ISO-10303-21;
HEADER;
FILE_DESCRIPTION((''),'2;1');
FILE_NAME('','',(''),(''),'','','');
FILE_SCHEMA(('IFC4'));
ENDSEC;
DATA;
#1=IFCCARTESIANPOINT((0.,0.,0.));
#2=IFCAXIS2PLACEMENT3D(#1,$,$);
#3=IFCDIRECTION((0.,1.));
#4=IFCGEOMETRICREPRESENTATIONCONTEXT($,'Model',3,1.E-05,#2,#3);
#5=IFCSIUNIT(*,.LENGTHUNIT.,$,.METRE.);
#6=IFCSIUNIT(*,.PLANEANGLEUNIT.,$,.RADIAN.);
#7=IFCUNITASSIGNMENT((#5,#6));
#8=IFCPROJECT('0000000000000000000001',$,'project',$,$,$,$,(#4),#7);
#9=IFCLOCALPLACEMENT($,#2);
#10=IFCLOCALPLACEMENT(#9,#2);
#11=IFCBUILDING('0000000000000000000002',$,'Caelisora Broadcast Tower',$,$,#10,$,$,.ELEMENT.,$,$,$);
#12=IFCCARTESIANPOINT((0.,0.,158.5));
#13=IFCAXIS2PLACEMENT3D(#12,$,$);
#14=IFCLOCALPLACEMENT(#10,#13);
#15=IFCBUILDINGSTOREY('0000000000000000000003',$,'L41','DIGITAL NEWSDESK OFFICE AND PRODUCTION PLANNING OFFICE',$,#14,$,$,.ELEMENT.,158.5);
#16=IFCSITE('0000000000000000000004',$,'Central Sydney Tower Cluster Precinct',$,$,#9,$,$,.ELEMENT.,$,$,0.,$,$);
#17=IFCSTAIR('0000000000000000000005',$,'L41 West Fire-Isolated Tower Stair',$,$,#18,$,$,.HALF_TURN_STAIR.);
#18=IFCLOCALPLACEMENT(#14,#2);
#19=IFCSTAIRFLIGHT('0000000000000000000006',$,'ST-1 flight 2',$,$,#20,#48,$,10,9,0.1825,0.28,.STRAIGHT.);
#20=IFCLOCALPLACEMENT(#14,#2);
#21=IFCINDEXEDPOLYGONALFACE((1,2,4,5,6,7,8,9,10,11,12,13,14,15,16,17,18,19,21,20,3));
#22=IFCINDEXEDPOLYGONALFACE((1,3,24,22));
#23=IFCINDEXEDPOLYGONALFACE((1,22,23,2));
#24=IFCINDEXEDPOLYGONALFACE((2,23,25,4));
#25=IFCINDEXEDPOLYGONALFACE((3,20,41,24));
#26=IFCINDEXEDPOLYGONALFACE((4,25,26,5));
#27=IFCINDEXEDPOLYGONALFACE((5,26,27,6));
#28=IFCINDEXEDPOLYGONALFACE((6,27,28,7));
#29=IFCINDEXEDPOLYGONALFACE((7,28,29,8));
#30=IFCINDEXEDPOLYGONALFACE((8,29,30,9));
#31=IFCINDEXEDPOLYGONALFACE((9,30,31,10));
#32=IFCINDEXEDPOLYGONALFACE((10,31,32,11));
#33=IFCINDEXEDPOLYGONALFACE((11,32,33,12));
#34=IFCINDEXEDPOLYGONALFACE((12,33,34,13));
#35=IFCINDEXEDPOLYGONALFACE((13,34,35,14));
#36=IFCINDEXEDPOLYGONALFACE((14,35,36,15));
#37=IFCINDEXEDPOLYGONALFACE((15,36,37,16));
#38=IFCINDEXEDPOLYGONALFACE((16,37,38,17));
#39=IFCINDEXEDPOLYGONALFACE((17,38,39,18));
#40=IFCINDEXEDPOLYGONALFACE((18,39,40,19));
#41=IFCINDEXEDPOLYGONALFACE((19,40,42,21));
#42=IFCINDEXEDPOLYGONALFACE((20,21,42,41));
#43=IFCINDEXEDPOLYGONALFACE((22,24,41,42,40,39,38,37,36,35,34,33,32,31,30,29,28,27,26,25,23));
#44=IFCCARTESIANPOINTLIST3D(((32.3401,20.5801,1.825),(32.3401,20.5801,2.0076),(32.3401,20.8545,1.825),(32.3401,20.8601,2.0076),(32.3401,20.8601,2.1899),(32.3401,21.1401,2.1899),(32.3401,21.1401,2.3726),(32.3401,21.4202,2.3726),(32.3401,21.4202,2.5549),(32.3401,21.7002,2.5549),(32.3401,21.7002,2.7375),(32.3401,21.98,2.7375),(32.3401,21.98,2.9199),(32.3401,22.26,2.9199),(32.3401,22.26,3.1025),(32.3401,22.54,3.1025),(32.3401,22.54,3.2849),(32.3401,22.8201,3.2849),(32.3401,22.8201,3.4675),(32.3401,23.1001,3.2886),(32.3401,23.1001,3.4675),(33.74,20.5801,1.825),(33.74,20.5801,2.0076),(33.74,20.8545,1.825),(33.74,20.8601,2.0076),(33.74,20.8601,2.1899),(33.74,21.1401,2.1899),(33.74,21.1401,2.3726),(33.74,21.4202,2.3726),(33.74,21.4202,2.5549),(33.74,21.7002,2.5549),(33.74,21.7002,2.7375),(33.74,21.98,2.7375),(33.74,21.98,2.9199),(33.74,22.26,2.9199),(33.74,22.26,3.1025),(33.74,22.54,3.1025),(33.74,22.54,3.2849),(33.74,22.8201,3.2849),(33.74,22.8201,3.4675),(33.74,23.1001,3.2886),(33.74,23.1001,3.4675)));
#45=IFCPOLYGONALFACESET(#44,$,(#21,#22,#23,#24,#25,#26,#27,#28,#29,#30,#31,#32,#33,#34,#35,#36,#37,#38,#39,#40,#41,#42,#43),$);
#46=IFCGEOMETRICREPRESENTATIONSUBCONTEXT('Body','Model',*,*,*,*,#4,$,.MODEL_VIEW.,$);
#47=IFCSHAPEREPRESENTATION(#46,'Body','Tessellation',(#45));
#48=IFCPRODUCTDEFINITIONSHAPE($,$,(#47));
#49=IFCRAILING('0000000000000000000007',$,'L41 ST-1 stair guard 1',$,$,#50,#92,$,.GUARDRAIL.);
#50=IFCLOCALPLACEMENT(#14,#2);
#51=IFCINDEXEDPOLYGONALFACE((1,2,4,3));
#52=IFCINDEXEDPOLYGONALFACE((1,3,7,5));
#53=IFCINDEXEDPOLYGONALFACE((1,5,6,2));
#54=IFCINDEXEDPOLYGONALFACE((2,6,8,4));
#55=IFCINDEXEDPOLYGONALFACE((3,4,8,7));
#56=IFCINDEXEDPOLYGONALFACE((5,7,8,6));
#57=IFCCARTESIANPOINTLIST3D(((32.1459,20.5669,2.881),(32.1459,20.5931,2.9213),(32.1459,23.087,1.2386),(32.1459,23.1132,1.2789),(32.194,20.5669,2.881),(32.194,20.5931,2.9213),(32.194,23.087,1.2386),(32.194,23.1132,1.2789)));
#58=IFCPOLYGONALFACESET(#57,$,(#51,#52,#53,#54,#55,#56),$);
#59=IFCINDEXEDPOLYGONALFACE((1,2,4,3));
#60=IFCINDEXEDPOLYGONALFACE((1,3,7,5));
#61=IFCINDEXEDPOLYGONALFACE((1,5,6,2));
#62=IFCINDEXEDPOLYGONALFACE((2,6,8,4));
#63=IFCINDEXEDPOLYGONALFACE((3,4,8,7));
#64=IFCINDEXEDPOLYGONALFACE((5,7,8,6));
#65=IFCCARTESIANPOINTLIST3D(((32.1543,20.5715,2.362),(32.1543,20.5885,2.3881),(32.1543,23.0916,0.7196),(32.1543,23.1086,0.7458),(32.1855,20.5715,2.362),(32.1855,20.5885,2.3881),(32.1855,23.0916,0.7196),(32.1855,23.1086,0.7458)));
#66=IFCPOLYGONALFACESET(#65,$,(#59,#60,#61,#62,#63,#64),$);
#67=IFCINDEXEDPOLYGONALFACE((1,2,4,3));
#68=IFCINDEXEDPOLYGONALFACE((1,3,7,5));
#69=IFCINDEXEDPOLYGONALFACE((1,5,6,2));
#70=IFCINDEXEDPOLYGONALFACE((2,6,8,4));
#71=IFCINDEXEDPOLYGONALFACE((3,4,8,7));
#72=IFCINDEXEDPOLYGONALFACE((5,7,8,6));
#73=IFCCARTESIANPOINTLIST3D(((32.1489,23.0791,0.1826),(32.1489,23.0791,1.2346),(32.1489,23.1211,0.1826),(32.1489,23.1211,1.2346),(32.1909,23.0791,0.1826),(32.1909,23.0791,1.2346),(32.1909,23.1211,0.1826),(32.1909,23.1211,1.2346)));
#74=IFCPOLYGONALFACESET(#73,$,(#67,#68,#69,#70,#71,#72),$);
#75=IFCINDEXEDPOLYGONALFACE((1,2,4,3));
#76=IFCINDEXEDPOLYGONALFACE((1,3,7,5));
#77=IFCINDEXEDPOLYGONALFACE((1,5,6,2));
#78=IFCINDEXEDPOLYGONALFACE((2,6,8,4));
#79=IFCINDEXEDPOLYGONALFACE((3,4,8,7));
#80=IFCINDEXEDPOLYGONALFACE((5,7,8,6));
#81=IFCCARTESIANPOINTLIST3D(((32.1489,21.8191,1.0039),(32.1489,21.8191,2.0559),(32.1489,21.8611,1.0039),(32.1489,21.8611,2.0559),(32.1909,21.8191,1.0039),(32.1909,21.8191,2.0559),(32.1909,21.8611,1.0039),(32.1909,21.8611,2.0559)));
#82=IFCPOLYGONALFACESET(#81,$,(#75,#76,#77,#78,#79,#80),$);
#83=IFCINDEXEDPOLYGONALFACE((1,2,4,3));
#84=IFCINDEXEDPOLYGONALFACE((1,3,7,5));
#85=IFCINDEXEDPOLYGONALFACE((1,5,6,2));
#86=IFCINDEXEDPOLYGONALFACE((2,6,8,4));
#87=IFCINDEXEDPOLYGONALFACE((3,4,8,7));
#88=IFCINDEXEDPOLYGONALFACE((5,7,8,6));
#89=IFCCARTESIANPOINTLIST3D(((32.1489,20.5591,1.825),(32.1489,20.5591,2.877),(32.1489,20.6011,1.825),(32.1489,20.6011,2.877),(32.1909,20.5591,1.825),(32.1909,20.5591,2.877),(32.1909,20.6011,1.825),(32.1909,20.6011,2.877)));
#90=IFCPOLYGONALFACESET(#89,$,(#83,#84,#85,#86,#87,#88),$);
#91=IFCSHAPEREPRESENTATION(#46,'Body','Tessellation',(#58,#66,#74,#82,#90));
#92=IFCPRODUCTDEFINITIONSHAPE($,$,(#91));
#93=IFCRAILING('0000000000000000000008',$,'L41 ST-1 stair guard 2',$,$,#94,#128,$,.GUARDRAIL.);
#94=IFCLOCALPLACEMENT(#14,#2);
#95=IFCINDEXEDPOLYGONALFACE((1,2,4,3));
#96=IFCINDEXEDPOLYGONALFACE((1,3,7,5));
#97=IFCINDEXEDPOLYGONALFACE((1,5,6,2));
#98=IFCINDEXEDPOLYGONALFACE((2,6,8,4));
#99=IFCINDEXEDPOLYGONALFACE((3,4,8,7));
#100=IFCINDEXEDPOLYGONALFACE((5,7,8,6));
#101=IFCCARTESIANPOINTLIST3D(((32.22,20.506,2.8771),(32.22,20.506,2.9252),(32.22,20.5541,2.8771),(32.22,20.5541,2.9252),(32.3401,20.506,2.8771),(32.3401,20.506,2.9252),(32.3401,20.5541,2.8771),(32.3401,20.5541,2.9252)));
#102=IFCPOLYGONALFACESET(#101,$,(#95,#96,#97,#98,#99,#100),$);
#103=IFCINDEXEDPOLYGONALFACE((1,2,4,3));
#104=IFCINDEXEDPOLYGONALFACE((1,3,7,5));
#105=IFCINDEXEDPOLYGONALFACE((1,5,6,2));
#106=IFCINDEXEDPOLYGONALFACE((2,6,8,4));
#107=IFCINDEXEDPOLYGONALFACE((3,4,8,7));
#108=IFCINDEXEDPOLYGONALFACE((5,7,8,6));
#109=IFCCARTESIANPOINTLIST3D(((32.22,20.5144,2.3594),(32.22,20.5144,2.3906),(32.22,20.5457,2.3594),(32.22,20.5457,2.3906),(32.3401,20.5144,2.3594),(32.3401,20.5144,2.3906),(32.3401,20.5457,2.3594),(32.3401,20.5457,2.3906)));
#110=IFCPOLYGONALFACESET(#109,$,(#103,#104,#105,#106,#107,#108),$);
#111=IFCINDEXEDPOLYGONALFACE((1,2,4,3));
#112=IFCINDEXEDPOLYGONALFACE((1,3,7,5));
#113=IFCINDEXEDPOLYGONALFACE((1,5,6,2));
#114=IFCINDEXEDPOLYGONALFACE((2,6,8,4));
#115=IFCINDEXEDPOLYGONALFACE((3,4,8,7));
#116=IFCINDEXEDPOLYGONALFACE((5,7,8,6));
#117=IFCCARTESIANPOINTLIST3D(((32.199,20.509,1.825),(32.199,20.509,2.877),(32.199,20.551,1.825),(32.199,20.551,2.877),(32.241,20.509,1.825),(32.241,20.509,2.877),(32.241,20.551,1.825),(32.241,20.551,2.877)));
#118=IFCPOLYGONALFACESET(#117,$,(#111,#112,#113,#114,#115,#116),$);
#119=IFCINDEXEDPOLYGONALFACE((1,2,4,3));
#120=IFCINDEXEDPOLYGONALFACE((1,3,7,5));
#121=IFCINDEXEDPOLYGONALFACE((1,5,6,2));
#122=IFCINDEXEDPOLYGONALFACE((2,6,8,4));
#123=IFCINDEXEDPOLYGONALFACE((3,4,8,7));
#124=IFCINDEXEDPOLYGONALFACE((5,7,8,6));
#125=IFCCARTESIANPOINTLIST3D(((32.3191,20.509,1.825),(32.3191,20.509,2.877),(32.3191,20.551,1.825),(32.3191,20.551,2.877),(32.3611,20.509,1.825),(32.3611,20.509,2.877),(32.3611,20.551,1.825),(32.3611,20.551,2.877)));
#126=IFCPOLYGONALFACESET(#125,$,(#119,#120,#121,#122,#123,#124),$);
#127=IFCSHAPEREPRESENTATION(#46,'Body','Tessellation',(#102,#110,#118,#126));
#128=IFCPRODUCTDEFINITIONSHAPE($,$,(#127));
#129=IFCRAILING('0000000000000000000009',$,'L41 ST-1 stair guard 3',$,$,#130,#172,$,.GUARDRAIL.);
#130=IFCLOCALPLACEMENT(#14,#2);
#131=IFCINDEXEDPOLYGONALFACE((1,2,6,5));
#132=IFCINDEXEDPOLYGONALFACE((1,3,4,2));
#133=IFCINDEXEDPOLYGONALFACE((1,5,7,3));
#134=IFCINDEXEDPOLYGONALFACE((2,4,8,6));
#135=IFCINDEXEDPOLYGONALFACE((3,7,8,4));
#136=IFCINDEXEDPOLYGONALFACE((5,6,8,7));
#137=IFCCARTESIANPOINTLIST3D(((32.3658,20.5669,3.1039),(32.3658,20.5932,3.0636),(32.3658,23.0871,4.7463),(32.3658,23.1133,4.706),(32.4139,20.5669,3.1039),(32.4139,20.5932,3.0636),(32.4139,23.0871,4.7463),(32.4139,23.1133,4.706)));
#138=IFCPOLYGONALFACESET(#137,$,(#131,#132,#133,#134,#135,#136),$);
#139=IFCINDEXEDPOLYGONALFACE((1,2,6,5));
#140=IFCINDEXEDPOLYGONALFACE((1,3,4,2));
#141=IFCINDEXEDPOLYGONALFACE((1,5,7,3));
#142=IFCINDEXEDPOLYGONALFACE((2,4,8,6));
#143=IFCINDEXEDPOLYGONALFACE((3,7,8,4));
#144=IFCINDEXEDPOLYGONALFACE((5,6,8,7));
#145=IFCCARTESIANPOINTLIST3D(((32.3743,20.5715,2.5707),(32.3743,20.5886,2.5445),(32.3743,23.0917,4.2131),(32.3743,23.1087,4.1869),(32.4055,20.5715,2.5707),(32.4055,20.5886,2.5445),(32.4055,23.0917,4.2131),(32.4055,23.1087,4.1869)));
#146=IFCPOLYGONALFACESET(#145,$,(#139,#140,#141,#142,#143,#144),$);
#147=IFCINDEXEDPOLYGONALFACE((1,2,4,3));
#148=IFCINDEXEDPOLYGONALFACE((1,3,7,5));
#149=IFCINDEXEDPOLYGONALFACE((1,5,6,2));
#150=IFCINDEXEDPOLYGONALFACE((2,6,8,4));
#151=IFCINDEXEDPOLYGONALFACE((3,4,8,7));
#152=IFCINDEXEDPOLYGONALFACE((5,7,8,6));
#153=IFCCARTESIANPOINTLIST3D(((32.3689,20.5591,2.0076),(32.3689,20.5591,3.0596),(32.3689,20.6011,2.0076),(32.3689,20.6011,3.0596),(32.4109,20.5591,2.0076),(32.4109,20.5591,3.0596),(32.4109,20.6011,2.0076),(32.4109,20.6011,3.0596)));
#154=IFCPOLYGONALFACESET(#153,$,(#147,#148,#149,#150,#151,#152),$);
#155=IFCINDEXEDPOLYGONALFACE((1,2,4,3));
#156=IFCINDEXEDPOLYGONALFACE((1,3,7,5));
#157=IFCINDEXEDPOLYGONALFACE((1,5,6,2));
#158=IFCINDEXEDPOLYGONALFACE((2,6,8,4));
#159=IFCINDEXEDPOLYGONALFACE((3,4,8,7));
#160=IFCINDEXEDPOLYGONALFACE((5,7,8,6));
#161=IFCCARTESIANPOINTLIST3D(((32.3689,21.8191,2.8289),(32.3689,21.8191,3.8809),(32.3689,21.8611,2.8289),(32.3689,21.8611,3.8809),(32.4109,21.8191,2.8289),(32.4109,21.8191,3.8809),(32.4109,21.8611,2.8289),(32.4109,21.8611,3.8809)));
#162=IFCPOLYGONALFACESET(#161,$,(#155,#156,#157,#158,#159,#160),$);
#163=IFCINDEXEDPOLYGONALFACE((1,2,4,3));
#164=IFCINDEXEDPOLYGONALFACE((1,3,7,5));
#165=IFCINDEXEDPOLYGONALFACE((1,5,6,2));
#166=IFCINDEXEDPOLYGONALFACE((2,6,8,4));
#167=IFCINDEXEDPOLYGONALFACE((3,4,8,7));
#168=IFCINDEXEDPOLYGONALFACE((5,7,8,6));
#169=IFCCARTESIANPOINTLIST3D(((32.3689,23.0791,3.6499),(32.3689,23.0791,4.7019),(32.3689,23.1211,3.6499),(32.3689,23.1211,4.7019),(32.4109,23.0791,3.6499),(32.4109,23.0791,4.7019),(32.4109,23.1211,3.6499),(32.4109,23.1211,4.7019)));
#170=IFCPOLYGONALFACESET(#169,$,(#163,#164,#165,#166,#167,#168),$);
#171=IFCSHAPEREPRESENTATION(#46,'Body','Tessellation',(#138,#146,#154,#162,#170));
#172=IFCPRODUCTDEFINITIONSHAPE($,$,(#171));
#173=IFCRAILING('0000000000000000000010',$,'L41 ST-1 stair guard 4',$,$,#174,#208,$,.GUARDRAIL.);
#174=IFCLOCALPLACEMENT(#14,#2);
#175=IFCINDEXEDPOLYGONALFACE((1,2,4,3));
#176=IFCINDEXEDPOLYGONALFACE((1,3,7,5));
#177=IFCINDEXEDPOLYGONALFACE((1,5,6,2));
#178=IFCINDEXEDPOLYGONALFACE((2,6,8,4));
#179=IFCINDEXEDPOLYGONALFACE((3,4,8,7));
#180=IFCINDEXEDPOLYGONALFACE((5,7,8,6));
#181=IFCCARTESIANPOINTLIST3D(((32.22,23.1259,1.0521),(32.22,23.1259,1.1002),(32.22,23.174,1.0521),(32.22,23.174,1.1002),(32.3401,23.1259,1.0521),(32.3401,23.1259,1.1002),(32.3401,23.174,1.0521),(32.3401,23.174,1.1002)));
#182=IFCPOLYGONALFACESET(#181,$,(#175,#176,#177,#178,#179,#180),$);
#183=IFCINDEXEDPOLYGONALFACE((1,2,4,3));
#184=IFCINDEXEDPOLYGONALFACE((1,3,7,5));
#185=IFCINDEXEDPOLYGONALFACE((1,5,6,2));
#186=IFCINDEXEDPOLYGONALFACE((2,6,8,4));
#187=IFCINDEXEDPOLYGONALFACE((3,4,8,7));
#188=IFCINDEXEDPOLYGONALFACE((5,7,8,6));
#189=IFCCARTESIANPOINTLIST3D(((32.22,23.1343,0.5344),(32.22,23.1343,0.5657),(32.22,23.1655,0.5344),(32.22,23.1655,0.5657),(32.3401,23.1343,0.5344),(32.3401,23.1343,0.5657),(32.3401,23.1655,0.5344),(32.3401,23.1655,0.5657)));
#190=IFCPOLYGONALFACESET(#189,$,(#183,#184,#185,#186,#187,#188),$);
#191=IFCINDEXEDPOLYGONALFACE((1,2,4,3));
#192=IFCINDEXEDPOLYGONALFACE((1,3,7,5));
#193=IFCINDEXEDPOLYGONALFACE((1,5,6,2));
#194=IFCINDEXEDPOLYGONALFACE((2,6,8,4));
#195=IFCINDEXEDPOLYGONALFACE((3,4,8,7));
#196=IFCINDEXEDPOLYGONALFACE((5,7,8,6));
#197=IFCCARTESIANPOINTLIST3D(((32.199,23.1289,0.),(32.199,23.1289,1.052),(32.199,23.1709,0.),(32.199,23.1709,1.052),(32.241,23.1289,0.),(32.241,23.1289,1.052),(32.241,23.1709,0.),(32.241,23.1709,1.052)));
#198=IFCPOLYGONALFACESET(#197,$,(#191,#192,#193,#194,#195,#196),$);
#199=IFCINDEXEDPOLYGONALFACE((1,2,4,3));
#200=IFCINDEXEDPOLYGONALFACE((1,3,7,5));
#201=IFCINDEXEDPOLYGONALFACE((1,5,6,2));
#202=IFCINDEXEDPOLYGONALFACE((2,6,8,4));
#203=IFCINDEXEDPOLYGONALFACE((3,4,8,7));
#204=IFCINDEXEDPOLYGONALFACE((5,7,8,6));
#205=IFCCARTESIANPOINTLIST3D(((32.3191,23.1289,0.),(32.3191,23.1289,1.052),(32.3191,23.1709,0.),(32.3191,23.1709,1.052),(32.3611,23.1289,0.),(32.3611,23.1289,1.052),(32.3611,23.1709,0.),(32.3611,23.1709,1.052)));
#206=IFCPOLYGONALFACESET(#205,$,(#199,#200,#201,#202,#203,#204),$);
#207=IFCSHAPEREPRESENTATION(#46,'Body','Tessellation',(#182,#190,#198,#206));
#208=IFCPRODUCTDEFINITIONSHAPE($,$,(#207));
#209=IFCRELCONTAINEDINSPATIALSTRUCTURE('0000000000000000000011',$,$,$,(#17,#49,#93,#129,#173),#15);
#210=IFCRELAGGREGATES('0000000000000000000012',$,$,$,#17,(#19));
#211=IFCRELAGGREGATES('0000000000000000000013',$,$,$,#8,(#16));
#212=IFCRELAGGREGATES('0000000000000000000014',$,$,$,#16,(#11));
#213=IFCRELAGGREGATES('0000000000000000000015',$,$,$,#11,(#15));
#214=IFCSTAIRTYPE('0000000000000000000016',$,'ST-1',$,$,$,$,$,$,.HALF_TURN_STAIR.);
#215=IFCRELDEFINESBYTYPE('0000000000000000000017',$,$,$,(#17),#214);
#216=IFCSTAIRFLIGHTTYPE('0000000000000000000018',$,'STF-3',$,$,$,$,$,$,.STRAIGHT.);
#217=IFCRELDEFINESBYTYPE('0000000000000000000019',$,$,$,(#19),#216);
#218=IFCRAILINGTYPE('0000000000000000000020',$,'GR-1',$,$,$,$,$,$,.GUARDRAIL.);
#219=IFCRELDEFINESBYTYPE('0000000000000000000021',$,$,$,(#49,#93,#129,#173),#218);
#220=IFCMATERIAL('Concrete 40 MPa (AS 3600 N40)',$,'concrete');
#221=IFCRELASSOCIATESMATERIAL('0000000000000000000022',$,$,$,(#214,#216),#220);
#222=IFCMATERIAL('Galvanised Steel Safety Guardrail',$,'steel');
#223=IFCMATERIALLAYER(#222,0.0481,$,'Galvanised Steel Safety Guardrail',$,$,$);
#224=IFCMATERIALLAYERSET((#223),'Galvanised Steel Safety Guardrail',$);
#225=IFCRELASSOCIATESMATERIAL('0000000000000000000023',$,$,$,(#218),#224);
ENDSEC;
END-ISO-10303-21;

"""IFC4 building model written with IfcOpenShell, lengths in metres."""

from ifc_helpers import new_model, si_unit, direction, frame, origin, origin_2d, place, context, subcontext, project, spatial, polyline, rectangle, outline, extrude, material, layer, layer_set, type_object, element, aggregate, save


model = new_model("IFC4")

# Units and contexts
model_context = context("Model", 3, precision=1e-05, world=origin(), true_north=direction((0.0, 1.0)))
body_context = subcontext(model_context, "Body", "Model", "MODEL_VIEW")
ifc_project = project(units=[si_unit("LENGTHUNIT", "METRE"), si_unit("PLANEANGLEUNIT", "RADIAN")], contexts=[model_context])

# Site, building, storey
site_placement = place(None, origin())
site = spatial("IfcSite", under=ifc_project, at=site_placement, Name="Central Sydney Tower Cluster Precinct", CompositionType="ELEMENT", RefElevation=0.0)
building_placement = place(site_placement, origin())
building = spatial("IfcBuilding", under=site, at=building_placement, Name="Caelisora Broadcast Tower", CompositionType="ELEMENT")
storey_placement = place(building_placement, frame((0.0, 0.0, 158.5)))
storey = spatial("IfcBuildingStorey", under=building, at=storey_placement, Name="L41", Description="DIGITAL NEWSDESK OFFICE AND PRODUCTION PLANNING OFFICE", CompositionType="ELEMENT", Elevation=158.5)

# Stair, stair flight
ifc_material_1 = material(Name="Concrete 40 MPa (AS 3600 N40)", Category="concrete")
stair_type = type_object("IfcStairType", Name="ST-1", PredefinedType="HALF_TURN_STAIR", material=ifc_material_1)
stair_placement = place(storey_placement, origin())
stair = element("IfcStair", 1, at=stair_placement, inside=storey, type_object=stair_type, Name="L41 West Fire-Isolated Tower Stair", PredefinedType="HALF_TURN_STAIR")
stair_flight_type = type_object("IfcStairFlightType", Name="STF-3", PredefinedType="STRAIGHT", material=ifc_material_1)
stair_flight_1_placement = place(storey_placement, frame((33.04, 20.5801, 1.825), z_axis=(0.0, 0.0, 1.0), x_axis=(0.0, 1.0, 0.0)))
stair_flight_1 = element("IfcStairFlight", 2, at=stair_flight_1_placement, type_object=stair_flight_type, Name="ST-1 flight 2", NumberOfRisers=10, NumberOfTreads=9, PredefinedType="STRAIGHT", RiserHeight=0.1825, TreadLength=0.28, context=body_context, shape_type="SweptSolid", body=[
    extrude(outline(polyline([(0.0, 0.0), (0.0, 0.1826), (0.28, 0.1826), (0.28, 0.365), (0.5601, 0.365), (0.5601, 0.5476), (0.8401, 0.5476), (0.8401, 0.73), (1.1201, 0.73), (1.1201, 0.9126), (1.3999, 0.9126), (1.3999, 1.095), (1.6799, 1.095), (1.6799, 1.2776), (1.96, 1.2776), (1.96, 1.46), (2.24, 1.46), (2.24, 1.6426), (2.52, 1.6426), (2.52, 1.825), (2.52, 1.4636), (0.2744, 0.0), (0.0, 0.0)])), frame((0.0, 0.7, 0.0), z_axis=(0.0, -1.0, 0.0), x_axis=(1.0, 0.0, 0.0)), (0.0, 0.0, 1.0), 1.3999),
])
aggregate(stair, [stair_flight_1])

# Railings
ifc_material_2 = material(Name="Galvanised Steel Safety Guardrail", Category="steel")
ifc_layer_1 = layer(ifc_material_2, 0.0481, Name="Galvanised Steel Safety Guardrail")
ifc_layer_set_1 = layer_set([ifc_layer_1], Name="Galvanised Steel Safety Guardrail")
railing_type_1 = type_object("IfcRailingType", Name="GR-1", PredefinedType="GUARDRAIL", material=ifc_layer_set_1)
railing_1_placement = place(storey_placement, frame((32.1699, 23.1001, 0.1826)))
element("IfcRailing", 3, at=railing_1_placement, inside=storey, type_object=railing_type_1, Name="L41 ST-1 stair guard 1", PredefinedType="GUARDRAIL", context=body_context, shape_type="SweptSolid", body=[
    extrude(rectangle(XDim=0.0481, YDim=0.0481, at=origin_2d()), frame((0.0, 0.0, 1.0762), z_axis=(0.0, -0.837787, 0.545998), x_axis=(1.0, 0.0, 0.0)), (0.0, 0.0, 1.0), 3.0081),
    extrude(rectangle(XDim=0.0312, YDim=0.0312, at=origin_2d()), frame((0.0, 0.0, 0.55), z_axis=(0.0, -0.837787, 0.545998), x_axis=(1.0, 0.0, 0.0)), (0.0, 0.0, 1.0), 3.0081),
    extrude(rectangle(XDim=0.042, YDim=0.042, at=origin_2d()), origin(), (0.0, 0.0, 1.0), 1.052),
    extrude(rectangle(XDim=0.042, YDim=0.042, at=origin_2d()), frame((0.0, -1.26, 0.8213)), (0.0, 0.0, 1.0), 1.052),
    extrude(rectangle(XDim=0.042, YDim=0.042, at=origin_2d()), frame((0.0, -2.52, 1.6423)), (0.0, 0.0, 1.0), 1.052),
])
railing_2_placement = place(storey_placement, frame((32.22, 20.53, 1.825)))
element("IfcRailing", 4, at=railing_2_placement, inside=storey, type_object=railing_type_1, Name="L41 ST-1 stair guard 2", PredefinedType="GUARDRAIL", context=body_context, shape_type="SweptSolid", body=[
    extrude(rectangle(XDim=0.0481, YDim=0.0481, at=origin_2d()), frame((0.0, 0.0, 1.0762), z_axis=(1.0, 0.0, 0.0), x_axis=(0.0, 1.0, 0.0)), (0.0, 0.0, 1.0), 0.1201),
    extrude(rectangle(XDim=0.0312, YDim=0.0312, at=origin_2d()), frame((0.0, 0.0, 0.55), z_axis=(1.0, 0.0, 0.0), x_axis=(0.0, 1.0, 0.0)), (0.0, 0.0, 1.0), 0.1201),
    extrude(rectangle(XDim=0.042, YDim=0.042, at=origin_2d()), origin(), (0.0, 0.0, 1.0), 1.052),
    extrude(rectangle(XDim=0.042, YDim=0.042, at=origin_2d()), frame((0.1201, 0.0, 0.0)), (0.0, 0.0, 1.0), 1.052),
])
railing_3_placement = place(storey_placement, frame((32.3899, 20.5801, 2.0076)))
element("IfcRailing", 5, at=railing_3_placement, inside=storey, type_object=railing_type_1, Name="L41 ST-1 stair guard 3", PredefinedType="GUARDRAIL", context=body_context, shape_type="SweptSolid", body=[
    extrude(rectangle(XDim=0.0481, YDim=0.0481, at=origin_2d()), frame((0.0, 0.0, 1.0762), z_axis=(0.0, 0.837787, 0.545998), x_axis=(-1.0, 0.0, 0.0)), (0.0, 0.0, 1.0), 3.0081),
    extrude(rectangle(XDim=0.0312, YDim=0.0312, at=origin_2d()), frame((0.0, 0.0, 0.55), z_axis=(0.0, 0.837787, 0.545998), x_axis=(-1.0, 0.0, 0.0)), (0.0, 0.0, 1.0), 3.0081),
    extrude(rectangle(XDim=0.042, YDim=0.042, at=origin_2d()), origin(), (0.0, 0.0, 1.0), 1.052),
    extrude(rectangle(XDim=0.042, YDim=0.042, at=origin_2d()), frame((0.0, 1.26, 0.8213)), (0.0, 0.0, 1.0), 1.052),
    extrude(rectangle(XDim=0.042, YDim=0.042, at=origin_2d()), frame((0.0, 2.52, 1.6423)), (0.0, 0.0, 1.0), 1.052),
])
railing_4_placement = place(storey_placement, frame((32.22, 23.1499, 0.0)))
element("IfcRailing", 6, at=railing_4_placement, inside=storey, type_object=railing_type_1, Name="L41 ST-1 stair guard 4", PredefinedType="GUARDRAIL", context=body_context, shape_type="SweptSolid", body=[
    extrude(rectangle(XDim=0.0481, YDim=0.0481, at=origin_2d()), frame((0.0, 0.0, 1.0762), z_axis=(1.0, 0.0, 0.0), x_axis=(0.0, 1.0, 0.0)), (0.0, 0.0, 1.0), 0.1201),
    extrude(rectangle(XDim=0.0312, YDim=0.0312, at=origin_2d()), frame((0.0, 0.0, 0.55), z_axis=(1.0, 0.0, 0.0), x_axis=(0.0, 1.0, 0.0)), (0.0, 0.0, 1.0), 0.1201),
    extrude(rectangle(XDim=0.042, YDim=0.042, at=origin_2d()), origin(), (0.0, 0.0, 1.0), 1.052),
    extrude(rectangle(XDim=0.042, YDim=0.042, at=origin_2d()), frame((0.1201, 0.0, 0.0)), (0.0, 0.0, 1.0), 1.052),
])

save(model, "model.ifc")
